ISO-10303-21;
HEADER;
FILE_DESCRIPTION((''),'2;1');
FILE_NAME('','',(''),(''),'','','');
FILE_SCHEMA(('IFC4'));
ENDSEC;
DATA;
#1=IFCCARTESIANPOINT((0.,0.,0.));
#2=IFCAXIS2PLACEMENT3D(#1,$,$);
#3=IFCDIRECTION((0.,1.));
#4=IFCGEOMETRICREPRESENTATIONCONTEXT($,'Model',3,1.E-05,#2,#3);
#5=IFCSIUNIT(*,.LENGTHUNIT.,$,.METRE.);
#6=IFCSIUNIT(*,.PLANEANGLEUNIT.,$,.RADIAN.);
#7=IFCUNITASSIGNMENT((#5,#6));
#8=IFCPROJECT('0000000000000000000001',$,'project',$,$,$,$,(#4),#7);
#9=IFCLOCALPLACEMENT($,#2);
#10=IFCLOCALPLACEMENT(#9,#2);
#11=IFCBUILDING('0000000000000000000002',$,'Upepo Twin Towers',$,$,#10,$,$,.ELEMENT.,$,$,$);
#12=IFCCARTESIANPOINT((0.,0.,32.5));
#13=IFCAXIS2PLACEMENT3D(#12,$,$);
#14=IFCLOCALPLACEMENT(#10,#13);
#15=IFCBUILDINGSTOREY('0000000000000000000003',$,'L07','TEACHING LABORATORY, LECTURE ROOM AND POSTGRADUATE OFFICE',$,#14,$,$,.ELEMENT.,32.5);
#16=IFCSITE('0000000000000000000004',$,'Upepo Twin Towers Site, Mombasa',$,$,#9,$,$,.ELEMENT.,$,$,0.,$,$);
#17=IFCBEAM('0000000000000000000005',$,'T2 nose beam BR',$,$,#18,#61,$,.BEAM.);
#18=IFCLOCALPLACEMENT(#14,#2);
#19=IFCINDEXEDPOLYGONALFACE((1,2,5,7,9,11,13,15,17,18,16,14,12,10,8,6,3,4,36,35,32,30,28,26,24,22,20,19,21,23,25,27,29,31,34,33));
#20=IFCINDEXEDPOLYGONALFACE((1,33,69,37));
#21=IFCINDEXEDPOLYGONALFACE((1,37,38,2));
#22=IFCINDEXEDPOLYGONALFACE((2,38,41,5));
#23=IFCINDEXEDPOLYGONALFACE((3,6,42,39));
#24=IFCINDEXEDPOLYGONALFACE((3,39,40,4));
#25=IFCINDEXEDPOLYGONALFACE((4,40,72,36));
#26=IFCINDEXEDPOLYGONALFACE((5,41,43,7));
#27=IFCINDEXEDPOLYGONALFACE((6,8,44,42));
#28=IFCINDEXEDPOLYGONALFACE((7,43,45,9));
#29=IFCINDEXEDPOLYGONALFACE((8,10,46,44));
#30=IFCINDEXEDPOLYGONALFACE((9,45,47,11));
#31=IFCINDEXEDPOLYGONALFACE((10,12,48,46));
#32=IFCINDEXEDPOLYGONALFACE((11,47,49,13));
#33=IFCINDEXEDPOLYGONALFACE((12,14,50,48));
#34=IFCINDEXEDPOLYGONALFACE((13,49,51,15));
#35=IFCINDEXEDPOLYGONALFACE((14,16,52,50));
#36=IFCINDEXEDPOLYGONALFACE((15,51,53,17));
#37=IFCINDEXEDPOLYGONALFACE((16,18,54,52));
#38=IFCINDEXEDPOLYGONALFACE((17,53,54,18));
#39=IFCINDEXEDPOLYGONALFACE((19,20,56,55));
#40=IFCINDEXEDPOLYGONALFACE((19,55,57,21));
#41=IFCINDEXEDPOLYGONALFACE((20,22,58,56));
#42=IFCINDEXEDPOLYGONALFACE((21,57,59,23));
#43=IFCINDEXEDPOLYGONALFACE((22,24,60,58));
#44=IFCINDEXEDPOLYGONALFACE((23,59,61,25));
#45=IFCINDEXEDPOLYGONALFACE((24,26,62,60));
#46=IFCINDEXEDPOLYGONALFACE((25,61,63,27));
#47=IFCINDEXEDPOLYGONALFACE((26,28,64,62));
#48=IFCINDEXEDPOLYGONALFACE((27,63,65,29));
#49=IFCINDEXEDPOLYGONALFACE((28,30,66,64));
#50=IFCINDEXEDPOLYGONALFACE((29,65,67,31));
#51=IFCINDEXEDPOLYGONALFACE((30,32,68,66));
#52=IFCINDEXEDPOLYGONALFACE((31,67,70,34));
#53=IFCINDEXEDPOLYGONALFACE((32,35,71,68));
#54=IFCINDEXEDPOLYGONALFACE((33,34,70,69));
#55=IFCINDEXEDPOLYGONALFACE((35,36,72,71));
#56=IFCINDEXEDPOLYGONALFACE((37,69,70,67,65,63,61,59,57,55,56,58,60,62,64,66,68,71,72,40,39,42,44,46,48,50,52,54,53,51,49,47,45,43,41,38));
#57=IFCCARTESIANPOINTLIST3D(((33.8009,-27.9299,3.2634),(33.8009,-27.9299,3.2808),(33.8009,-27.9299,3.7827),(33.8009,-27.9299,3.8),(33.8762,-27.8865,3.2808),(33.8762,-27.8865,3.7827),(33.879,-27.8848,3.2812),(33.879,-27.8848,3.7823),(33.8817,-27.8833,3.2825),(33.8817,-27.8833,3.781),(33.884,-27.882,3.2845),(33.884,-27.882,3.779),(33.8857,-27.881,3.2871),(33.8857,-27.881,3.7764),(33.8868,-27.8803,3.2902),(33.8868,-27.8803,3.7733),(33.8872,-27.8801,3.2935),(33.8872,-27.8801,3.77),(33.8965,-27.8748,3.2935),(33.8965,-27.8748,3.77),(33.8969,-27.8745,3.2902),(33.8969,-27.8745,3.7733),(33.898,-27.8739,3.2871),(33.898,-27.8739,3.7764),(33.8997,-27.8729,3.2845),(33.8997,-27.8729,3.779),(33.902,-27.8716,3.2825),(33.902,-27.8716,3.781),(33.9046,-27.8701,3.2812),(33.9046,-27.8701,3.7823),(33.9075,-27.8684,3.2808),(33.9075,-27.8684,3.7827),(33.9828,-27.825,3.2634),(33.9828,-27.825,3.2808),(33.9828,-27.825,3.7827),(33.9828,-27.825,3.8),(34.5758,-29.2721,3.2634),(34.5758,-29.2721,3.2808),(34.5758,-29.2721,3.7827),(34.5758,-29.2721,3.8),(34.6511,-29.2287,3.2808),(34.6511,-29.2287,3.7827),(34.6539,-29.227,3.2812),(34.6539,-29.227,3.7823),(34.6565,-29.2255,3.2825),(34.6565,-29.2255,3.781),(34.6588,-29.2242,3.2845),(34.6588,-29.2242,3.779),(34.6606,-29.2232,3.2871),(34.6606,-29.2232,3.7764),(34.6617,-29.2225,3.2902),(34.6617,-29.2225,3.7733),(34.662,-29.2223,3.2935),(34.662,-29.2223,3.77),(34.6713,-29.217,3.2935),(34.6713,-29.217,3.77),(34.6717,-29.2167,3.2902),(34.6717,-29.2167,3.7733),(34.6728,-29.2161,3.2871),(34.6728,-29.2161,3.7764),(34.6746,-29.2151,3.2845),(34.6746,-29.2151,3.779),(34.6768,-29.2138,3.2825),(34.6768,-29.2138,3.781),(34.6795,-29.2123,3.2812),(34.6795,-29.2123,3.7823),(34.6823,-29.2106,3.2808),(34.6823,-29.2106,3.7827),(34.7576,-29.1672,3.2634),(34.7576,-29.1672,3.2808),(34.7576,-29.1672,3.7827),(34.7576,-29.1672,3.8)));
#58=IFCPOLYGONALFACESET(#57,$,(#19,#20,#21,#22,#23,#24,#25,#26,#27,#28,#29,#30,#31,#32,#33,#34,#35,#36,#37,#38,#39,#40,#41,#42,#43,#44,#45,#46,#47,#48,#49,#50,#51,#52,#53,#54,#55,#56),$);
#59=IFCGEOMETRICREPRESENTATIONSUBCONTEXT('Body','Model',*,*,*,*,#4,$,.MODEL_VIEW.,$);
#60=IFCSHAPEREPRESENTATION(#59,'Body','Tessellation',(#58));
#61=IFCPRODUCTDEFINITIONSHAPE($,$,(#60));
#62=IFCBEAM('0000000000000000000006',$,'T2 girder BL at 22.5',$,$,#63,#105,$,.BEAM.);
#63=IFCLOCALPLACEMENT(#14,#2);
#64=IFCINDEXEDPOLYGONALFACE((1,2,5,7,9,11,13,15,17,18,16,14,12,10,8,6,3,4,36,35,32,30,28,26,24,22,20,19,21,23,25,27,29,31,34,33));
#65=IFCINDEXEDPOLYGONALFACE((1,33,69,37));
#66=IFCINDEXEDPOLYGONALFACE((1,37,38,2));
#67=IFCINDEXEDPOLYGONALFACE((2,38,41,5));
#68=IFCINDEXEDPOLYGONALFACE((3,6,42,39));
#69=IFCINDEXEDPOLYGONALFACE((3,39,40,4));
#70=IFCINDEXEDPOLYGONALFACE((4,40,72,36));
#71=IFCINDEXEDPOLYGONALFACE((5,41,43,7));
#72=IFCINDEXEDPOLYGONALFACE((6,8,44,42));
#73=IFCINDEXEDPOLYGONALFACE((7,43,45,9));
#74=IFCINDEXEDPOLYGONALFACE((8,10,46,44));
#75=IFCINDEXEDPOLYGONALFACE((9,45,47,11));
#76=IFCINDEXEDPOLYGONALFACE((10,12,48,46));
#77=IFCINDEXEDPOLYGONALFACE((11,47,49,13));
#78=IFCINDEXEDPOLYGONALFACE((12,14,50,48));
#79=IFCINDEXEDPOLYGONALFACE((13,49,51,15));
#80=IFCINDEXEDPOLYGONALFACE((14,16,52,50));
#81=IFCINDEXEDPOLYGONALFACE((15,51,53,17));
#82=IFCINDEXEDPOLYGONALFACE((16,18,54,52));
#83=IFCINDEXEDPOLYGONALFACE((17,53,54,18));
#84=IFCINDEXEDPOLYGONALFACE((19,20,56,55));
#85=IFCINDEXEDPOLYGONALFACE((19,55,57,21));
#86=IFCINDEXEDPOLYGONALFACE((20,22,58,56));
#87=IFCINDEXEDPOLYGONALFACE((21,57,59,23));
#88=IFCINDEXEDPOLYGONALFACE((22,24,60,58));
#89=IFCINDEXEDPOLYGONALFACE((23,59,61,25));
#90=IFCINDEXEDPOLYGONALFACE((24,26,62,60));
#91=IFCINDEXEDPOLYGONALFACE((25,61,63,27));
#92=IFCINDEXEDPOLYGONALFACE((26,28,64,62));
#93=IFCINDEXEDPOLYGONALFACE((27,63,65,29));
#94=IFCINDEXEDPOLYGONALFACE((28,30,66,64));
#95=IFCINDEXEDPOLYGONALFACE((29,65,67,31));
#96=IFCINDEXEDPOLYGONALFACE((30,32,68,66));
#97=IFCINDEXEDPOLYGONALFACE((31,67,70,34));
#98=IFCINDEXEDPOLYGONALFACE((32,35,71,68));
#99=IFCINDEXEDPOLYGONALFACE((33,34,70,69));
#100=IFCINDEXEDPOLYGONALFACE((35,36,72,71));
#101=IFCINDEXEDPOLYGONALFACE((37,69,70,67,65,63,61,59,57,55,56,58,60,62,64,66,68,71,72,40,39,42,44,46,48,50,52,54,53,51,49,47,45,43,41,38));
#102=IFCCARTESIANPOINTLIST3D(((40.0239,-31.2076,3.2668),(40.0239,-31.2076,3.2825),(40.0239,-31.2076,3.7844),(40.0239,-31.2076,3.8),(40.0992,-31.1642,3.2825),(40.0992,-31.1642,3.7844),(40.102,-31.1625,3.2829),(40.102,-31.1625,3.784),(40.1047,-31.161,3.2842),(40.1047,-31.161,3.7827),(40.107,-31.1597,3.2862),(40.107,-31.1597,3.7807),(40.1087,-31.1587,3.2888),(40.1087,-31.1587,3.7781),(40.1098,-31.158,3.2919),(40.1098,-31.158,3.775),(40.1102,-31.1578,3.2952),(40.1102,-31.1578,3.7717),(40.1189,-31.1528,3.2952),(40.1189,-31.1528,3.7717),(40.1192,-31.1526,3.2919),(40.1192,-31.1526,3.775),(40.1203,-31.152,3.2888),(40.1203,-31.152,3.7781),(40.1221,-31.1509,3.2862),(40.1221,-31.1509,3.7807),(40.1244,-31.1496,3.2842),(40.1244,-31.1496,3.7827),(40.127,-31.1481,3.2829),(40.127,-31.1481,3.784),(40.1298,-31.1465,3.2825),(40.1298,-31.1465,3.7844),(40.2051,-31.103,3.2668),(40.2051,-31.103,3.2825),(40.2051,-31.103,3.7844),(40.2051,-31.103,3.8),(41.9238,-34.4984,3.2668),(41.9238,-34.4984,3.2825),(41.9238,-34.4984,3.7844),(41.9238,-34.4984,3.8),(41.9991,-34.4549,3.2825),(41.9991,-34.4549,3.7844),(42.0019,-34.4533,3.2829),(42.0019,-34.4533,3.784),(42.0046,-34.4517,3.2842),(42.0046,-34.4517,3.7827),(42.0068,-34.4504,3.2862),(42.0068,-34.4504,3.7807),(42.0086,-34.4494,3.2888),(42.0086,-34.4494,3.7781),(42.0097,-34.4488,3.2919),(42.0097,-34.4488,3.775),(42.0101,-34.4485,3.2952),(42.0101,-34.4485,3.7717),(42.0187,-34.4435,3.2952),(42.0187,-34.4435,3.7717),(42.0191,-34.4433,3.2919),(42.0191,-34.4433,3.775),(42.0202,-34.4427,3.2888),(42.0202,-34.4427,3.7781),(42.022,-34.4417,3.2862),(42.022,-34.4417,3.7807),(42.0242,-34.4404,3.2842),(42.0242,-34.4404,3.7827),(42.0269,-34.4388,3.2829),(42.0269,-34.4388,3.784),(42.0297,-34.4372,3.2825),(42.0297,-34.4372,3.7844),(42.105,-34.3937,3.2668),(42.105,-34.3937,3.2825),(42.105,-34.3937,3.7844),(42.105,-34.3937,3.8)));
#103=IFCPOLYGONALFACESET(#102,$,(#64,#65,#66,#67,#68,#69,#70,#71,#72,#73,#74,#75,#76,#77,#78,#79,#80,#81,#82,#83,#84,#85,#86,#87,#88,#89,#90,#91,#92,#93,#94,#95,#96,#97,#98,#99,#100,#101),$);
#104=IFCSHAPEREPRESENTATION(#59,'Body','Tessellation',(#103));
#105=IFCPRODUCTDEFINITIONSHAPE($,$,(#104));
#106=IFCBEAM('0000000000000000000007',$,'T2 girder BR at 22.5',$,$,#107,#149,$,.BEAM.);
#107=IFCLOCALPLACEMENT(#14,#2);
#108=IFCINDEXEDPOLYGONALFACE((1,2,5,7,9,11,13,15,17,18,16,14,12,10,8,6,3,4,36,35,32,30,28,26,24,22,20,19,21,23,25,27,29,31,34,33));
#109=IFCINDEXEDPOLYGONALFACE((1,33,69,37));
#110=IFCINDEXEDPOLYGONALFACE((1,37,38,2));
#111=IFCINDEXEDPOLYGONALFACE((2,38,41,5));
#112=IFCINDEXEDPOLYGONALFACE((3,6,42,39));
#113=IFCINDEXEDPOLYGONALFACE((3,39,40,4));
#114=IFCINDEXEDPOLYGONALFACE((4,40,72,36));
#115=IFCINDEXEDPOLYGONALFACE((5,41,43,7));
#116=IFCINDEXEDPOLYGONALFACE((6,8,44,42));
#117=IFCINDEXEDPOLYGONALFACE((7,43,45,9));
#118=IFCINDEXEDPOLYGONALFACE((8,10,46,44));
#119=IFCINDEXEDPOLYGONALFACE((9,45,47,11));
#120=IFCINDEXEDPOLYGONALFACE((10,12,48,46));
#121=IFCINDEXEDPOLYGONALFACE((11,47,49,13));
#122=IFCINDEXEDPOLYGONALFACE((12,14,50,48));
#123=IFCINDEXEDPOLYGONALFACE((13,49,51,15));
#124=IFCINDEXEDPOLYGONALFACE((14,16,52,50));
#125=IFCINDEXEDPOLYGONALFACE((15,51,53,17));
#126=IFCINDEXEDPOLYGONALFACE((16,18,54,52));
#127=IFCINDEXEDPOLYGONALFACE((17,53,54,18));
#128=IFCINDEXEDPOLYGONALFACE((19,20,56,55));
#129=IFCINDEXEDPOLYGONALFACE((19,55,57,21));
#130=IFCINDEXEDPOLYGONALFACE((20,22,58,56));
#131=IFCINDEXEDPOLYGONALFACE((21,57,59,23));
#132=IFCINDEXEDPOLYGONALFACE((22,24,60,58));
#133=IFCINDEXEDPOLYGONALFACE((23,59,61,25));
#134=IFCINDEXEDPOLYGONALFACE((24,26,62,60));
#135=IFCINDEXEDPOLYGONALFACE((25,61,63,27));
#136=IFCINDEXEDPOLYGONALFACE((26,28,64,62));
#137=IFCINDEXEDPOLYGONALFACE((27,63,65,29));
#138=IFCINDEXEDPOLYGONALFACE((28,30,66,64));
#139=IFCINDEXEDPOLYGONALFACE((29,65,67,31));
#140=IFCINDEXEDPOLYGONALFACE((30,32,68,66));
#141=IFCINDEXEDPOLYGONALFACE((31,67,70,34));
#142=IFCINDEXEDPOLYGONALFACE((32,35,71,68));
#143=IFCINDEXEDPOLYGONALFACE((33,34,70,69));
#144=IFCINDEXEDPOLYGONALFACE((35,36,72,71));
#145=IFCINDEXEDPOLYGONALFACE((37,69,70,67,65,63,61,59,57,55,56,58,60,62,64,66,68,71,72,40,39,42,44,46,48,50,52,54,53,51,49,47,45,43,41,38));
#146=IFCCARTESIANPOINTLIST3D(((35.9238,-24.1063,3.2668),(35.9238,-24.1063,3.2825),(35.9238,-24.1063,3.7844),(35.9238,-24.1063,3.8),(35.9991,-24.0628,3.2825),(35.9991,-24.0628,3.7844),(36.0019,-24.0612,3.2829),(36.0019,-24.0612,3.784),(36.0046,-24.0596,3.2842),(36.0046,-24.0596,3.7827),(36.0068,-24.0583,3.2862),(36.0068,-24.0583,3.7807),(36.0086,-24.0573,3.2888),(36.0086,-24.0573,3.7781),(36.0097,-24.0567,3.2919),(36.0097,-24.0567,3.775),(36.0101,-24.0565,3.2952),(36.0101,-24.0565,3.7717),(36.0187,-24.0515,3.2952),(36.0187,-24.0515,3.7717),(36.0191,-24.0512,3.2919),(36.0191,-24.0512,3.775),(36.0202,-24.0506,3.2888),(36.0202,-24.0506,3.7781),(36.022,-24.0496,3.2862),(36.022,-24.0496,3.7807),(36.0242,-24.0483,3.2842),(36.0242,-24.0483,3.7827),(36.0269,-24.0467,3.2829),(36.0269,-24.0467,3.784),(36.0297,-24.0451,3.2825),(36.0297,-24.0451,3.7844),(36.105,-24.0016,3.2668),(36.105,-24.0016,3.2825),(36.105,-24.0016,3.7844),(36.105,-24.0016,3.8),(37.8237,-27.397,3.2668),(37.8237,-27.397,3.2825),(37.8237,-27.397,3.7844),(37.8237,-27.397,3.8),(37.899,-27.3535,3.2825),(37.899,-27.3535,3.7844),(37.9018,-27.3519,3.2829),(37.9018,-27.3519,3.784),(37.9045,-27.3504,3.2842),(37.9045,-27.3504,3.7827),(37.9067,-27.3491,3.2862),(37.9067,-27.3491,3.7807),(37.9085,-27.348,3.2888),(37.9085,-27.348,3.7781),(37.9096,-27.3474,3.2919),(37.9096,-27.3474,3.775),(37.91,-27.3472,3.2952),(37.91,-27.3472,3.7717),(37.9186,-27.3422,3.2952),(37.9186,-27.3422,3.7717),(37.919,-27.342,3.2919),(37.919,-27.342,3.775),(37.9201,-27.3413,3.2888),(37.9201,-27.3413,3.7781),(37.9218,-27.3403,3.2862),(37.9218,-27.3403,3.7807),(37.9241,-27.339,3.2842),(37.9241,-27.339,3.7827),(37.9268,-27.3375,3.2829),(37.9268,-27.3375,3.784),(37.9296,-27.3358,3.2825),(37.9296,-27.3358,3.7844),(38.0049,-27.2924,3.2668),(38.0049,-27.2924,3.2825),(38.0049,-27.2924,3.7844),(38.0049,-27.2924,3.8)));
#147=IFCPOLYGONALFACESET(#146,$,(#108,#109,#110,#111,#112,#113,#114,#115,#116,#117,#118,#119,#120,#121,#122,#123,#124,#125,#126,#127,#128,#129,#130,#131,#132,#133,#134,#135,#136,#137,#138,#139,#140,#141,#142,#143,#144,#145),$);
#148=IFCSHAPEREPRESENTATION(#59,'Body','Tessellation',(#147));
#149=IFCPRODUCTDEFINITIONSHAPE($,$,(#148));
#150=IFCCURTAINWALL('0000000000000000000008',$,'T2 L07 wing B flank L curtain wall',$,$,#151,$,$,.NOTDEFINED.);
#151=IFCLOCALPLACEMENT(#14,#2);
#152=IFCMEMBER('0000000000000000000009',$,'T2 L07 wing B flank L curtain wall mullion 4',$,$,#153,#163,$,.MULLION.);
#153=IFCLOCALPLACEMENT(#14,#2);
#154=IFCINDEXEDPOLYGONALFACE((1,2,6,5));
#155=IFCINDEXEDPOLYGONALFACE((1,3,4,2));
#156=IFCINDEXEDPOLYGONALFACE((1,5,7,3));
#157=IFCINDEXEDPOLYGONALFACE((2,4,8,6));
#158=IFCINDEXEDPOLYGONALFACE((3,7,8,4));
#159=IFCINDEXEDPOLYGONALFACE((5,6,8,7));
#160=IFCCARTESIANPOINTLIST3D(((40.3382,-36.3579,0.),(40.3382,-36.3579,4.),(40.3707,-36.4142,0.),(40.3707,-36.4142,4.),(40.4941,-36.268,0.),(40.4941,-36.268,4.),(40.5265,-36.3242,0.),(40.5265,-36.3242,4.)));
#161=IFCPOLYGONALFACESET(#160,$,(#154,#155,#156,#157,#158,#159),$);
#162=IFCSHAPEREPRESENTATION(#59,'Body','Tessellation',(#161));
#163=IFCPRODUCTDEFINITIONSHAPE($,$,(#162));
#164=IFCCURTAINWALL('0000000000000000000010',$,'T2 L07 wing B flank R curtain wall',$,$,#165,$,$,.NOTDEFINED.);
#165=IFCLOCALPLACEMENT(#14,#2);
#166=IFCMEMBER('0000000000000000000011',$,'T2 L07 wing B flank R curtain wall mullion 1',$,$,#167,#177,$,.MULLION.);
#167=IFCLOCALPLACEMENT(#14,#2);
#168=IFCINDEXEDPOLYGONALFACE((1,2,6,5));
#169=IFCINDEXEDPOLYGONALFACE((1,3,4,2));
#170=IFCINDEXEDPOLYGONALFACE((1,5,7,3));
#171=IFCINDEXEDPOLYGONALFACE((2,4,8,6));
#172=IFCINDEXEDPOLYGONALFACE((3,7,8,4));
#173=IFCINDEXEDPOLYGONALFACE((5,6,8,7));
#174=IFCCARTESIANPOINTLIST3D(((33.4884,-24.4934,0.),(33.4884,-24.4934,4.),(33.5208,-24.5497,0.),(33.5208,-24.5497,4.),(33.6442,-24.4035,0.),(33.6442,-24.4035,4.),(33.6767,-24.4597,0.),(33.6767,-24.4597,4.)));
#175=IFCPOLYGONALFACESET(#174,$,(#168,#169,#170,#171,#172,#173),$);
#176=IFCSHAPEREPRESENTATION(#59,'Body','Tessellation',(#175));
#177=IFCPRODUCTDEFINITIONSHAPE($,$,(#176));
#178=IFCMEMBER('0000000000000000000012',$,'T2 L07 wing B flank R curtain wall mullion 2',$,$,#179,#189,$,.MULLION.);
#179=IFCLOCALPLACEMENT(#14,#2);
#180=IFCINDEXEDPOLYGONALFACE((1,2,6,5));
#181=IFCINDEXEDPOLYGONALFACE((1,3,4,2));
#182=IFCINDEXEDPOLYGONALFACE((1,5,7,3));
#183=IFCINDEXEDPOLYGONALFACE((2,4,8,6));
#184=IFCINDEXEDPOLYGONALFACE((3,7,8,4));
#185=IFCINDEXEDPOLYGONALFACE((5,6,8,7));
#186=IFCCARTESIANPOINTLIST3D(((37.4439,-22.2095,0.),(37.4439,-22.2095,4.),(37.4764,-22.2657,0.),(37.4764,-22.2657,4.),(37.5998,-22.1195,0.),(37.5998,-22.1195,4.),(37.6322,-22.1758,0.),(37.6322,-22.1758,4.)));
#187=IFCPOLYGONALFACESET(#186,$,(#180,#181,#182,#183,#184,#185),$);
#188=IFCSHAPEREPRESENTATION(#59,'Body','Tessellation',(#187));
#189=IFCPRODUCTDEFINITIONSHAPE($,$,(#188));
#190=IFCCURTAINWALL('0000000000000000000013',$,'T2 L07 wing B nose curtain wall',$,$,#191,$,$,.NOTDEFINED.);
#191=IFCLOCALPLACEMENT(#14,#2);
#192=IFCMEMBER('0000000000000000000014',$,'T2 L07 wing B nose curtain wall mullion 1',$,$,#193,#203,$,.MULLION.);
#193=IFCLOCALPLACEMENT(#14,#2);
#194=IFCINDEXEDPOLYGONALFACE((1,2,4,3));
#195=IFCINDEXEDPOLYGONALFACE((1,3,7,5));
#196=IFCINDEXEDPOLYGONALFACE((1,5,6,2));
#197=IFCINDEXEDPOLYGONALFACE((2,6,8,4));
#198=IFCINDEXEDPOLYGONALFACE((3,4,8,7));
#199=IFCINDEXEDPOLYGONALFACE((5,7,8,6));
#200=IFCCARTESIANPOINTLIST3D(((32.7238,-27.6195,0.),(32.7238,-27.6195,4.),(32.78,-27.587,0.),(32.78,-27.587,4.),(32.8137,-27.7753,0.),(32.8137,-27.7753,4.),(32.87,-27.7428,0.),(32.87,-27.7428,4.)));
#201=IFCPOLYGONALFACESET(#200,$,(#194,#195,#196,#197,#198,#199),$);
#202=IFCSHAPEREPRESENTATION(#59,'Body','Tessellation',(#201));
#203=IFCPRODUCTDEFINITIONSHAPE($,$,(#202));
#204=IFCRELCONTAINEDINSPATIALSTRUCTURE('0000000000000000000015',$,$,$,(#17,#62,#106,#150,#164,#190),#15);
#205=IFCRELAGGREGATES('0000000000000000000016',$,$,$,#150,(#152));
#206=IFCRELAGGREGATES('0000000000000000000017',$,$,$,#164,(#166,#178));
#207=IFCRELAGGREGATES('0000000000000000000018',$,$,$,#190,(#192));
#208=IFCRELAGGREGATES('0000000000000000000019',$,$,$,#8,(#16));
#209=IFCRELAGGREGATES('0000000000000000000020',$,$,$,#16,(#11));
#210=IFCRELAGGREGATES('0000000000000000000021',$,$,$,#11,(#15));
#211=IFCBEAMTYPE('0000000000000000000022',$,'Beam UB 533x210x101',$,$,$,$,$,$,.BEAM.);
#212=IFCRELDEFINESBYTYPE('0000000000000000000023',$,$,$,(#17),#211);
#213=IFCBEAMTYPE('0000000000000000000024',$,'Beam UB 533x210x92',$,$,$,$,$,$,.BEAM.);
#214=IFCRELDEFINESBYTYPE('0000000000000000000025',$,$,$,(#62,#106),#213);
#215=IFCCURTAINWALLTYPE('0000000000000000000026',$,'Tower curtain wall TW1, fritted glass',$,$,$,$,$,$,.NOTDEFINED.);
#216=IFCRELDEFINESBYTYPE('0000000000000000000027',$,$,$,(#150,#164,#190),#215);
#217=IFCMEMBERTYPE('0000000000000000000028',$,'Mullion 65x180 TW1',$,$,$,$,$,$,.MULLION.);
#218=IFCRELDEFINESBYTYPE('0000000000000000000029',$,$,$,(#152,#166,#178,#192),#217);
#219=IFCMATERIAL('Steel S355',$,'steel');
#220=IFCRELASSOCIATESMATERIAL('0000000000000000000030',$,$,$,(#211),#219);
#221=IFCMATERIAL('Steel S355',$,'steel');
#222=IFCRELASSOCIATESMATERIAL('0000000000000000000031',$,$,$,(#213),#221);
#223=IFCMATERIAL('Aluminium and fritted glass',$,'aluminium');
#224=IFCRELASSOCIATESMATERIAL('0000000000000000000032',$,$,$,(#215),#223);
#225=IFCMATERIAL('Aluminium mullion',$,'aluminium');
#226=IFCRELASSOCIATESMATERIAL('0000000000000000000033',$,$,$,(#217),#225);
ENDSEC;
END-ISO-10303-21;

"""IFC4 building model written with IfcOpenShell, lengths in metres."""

from ifc_helpers import new_model, si_unit, direction, frame, origin, origin_2d, place, context, subcontext, project, spatial, rectangle, i_section, extrude, material, material_profile, profile_set, type_object, element, aggregate, save


model = new_model("IFC4")

# Units and contexts
model_context = context("Model", 3, precision=1e-05, world=origin(), true_north=direction((0.0, 1.0)))
body_context = subcontext(model_context, "Body", "Model", "MODEL_VIEW")
ifc_project = project(units=[si_unit("LENGTHUNIT", "METRE"), si_unit("PLANEANGLEUNIT", "RADIAN")], contexts=[model_context])

# Site, building, storey
site_placement = place(None, origin())
site = spatial("IfcSite", under=ifc_project, at=site_placement, Name="Upepo Twin Towers Site, Mombasa", CompositionType="ELEMENT", RefElevation=0.0)
building_placement = place(site_placement, origin())
building = spatial("IfcBuilding", under=site, at=building_placement, Name="Upepo Twin Towers", CompositionType="ELEMENT")
storey_placement = place(building_placement, frame((0.0, 0.0, 32.5)))
storey = spatial("IfcBuildingStorey", under=building, at=storey_placement, Name="L07", Description="TEACHING LABORATORY, LECTURE ROOM AND POSTGRADUATE OFFICE", CompositionType="ELEMENT", Elevation=32.5)

# Beams
ifc_material_1 = material(Name="Steel S355", Category="steel")
ifc_material_profile_1 = material_profile(ifc_material_1, i_section(OverallWidth=0.21, OverallDepth=0.5366, WebThickness=0.0107, FlangeThickness=0.0173, FilletRadius=0.0127, at=origin_2d()), Name="UB 533x210x101")
ifc_profile_set_1 = profile_set([ifc_material_profile_1], Name="Steel S355")
beam_type_1 = type_object("IfcBeamType", Name="Beam UB 533x210x101", PredefinedType="BEAM", material=ifc_profile_set_1)
for number, where, z_axis, x_axis, name in (
    (1, (33.8918, -27.8774, 3.5317), (0.499968, -0.866044, 0.0), (0.866044, 0.499968, 0.0), "T2 nose beam BR"),
):
    element("IfcBeam", number, at=place(storey_placement, frame(where, z_axis=z_axis, x_axis=x_axis)), inside=storey, type_object=beam_type_1, Name=name, PredefinedType="BEAM", context=body_context, shape_type="SweptSolid", body=[
        extrude(i_section(OverallWidth=0.21, OverallDepth=0.5366, WebThickness=0.0107, FlangeThickness=0.0173, FilletRadius=0.0127, at=origin_2d()), origin(), (0.0, 0.0, 1.0), 1.5498),
    ])
ifc_material_2 = material(Name="Steel S355", Category="steel")
ifc_material_profile_2 = material_profile(ifc_material_2, i_section(OverallWidth=0.2092, OverallDepth=0.5332, WebThickness=0.01, FlangeThickness=0.0156, FilletRadius=0.0127, at=origin_2d()), Name="UB 533x210x92")
ifc_profile_set_2 = profile_set([ifc_material_profile_2], Name="Steel S355")
beam_type_2 = type_object("IfcBeamType", Name="Beam UB 533x210x92", PredefinedType="BEAM", material=ifc_profile_set_2)
for number, where, z_axis, x_axis, name in (
    (2, (42.0144, -34.446, 3.5334), (-0.499995, 0.866028, 0.0), (-0.866028, -0.499995, 0.0), "T2 girder BL at 22.5"),
    (3, (36.0144, -24.054, 3.5334), (0.499995, -0.866028, 0.0), (0.866028, 0.499995, 0.0), "T2 girder BR at 22.5"),
):
    element("IfcBeam", number, at=place(storey_placement, frame(where, z_axis=z_axis, x_axis=x_axis)), inside=storey, type_object=beam_type_2, Name=name, PredefinedType="BEAM", context=body_context, shape_type="SweptSolid", body=[
        extrude(i_section(OverallWidth=0.2092, OverallDepth=0.5332, WebThickness=0.01, FlangeThickness=0.0156, FilletRadius=0.0127, at=origin_2d()), origin(), (0.0, 0.0, 1.0), 3.7998),
    ])

# Curtain wall, member
ifc_material_3 = material(Name="Aluminium and fritted glass", Category="aluminium")
curtain_wall_type = type_object("IfcCurtainWallType", Name="Tower curtain wall TW1, fritted glass", PredefinedType="NOTDEFINED", material=ifc_material_3)
curtain_wall_1_placement = place(storey_placement, origin())
curtain_wall_1 = element("IfcCurtainWall", 4, at=curtain_wall_1_placement, inside=storey, type_object=curtain_wall_type, Name="T2 L07 wing B flank L curtain wall", PredefinedType="NOTDEFINED")
ifc_material_4 = material(Name="Aluminium mullion", Category="aluminium")
ifc_material_profile_3 = material_profile(ifc_material_4, rectangle(XDim=0.0649, YDim=0.1799, at=origin_2d()), Name="MULLION 65x180")
ifc_profile_set_3 = profile_set([ifc_material_profile_3], Name="Aluminium mullion")
member_type_1 = type_object("IfcMemberType", Name="Mullion 65x180 TW1", PredefinedType="MULLION", material=ifc_profile_set_3)
member_1_placement = place(storey_placement, frame((40.4324, -36.3411, 0.0), z_axis=(0.0, 0.0, 1.0), x_axis=(0.5, -0.866025, 0.0)))
member_1 = element("IfcMember", 5, at=member_1_placement, type_object=member_type_1, Name="T2 L07 wing B flank L curtain wall mullion 4", PredefinedType="MULLION", context=body_context, shape_type="SweptSolid", body=[
    extrude(rectangle(XDim=0.0649, YDim=0.1799, at=origin_2d()), origin(), (0.0, 0.0, 1.0), 4.0),
])
aggregate(curtain_wall_1, [member_1])

# Curtain walls, members
curtain_wall_2_placement = place(storey_placement, origin())
curtain_wall_2 = element("IfcCurtainWall", 6, at=curtain_wall_2_placement, inside=storey, type_object=curtain_wall_type, Name="T2 L07 wing B flank R curtain wall", PredefinedType="NOTDEFINED")
member_2_placement = place(storey_placement, frame((33.5825, -24.4766, 0.0), z_axis=(0.0, 0.0, 1.0), x_axis=(-0.5, 0.866025, 0.0)))
member_2 = element("IfcMember", 7, at=member_2_placement, type_object=member_type_1, Name="T2 L07 wing B flank R curtain wall mullion 1", PredefinedType="MULLION", context=body_context, shape_type="SweptSolid", body=[
    extrude(rectangle(XDim=0.0649, YDim=0.1799, at=origin_2d()), origin(), (0.0, 0.0, 1.0), 4.0),
])
member_3_placement = place(storey_placement, frame((37.5381, -22.1926, 0.0), z_axis=(0.0, 0.0, 1.0), x_axis=(-0.5, 0.866025, 0.0)))
member_3 = element("IfcMember", 8, at=member_3_placement, type_object=member_type_1, Name="T2 L07 wing B flank R curtain wall mullion 2", PredefinedType="MULLION", context=body_context, shape_type="SweptSolid", body=[
    extrude(rectangle(XDim=0.0649, YDim=0.1799, at=origin_2d()), origin(), (0.0, 0.0, 1.0), 4.0),
])
curtain_wall_3_placement = place(storey_placement, origin())
curtain_wall_3 = element("IfcCurtainWall", 9, at=curtain_wall_3_placement, inside=storey, type_object=curtain_wall_type, Name="T2 L07 wing B nose curtain wall", PredefinedType="NOTDEFINED")
member_4_placement = place(storey_placement, frame((32.7969, -27.6812, 0.0), z_axis=(0.0, 0.0, 1.0), x_axis=(0.866025, 0.5, 0.0)))
member_4 = element("IfcMember", 10, at=member_4_placement, type_object=member_type_1, Name="T2 L07 wing B nose curtain wall mullion 1", PredefinedType="MULLION", context=body_context, shape_type="SweptSolid", body=[
    extrude(rectangle(XDim=0.0649, YDim=0.1799, at=origin_2d()), origin(), (0.0, 0.0, 1.0), 4.0),
])

aggregate(curtain_wall_2, [member_2, member_3])
aggregate(curtain_wall_3, [member_4])

save(model, "model.ifc")
